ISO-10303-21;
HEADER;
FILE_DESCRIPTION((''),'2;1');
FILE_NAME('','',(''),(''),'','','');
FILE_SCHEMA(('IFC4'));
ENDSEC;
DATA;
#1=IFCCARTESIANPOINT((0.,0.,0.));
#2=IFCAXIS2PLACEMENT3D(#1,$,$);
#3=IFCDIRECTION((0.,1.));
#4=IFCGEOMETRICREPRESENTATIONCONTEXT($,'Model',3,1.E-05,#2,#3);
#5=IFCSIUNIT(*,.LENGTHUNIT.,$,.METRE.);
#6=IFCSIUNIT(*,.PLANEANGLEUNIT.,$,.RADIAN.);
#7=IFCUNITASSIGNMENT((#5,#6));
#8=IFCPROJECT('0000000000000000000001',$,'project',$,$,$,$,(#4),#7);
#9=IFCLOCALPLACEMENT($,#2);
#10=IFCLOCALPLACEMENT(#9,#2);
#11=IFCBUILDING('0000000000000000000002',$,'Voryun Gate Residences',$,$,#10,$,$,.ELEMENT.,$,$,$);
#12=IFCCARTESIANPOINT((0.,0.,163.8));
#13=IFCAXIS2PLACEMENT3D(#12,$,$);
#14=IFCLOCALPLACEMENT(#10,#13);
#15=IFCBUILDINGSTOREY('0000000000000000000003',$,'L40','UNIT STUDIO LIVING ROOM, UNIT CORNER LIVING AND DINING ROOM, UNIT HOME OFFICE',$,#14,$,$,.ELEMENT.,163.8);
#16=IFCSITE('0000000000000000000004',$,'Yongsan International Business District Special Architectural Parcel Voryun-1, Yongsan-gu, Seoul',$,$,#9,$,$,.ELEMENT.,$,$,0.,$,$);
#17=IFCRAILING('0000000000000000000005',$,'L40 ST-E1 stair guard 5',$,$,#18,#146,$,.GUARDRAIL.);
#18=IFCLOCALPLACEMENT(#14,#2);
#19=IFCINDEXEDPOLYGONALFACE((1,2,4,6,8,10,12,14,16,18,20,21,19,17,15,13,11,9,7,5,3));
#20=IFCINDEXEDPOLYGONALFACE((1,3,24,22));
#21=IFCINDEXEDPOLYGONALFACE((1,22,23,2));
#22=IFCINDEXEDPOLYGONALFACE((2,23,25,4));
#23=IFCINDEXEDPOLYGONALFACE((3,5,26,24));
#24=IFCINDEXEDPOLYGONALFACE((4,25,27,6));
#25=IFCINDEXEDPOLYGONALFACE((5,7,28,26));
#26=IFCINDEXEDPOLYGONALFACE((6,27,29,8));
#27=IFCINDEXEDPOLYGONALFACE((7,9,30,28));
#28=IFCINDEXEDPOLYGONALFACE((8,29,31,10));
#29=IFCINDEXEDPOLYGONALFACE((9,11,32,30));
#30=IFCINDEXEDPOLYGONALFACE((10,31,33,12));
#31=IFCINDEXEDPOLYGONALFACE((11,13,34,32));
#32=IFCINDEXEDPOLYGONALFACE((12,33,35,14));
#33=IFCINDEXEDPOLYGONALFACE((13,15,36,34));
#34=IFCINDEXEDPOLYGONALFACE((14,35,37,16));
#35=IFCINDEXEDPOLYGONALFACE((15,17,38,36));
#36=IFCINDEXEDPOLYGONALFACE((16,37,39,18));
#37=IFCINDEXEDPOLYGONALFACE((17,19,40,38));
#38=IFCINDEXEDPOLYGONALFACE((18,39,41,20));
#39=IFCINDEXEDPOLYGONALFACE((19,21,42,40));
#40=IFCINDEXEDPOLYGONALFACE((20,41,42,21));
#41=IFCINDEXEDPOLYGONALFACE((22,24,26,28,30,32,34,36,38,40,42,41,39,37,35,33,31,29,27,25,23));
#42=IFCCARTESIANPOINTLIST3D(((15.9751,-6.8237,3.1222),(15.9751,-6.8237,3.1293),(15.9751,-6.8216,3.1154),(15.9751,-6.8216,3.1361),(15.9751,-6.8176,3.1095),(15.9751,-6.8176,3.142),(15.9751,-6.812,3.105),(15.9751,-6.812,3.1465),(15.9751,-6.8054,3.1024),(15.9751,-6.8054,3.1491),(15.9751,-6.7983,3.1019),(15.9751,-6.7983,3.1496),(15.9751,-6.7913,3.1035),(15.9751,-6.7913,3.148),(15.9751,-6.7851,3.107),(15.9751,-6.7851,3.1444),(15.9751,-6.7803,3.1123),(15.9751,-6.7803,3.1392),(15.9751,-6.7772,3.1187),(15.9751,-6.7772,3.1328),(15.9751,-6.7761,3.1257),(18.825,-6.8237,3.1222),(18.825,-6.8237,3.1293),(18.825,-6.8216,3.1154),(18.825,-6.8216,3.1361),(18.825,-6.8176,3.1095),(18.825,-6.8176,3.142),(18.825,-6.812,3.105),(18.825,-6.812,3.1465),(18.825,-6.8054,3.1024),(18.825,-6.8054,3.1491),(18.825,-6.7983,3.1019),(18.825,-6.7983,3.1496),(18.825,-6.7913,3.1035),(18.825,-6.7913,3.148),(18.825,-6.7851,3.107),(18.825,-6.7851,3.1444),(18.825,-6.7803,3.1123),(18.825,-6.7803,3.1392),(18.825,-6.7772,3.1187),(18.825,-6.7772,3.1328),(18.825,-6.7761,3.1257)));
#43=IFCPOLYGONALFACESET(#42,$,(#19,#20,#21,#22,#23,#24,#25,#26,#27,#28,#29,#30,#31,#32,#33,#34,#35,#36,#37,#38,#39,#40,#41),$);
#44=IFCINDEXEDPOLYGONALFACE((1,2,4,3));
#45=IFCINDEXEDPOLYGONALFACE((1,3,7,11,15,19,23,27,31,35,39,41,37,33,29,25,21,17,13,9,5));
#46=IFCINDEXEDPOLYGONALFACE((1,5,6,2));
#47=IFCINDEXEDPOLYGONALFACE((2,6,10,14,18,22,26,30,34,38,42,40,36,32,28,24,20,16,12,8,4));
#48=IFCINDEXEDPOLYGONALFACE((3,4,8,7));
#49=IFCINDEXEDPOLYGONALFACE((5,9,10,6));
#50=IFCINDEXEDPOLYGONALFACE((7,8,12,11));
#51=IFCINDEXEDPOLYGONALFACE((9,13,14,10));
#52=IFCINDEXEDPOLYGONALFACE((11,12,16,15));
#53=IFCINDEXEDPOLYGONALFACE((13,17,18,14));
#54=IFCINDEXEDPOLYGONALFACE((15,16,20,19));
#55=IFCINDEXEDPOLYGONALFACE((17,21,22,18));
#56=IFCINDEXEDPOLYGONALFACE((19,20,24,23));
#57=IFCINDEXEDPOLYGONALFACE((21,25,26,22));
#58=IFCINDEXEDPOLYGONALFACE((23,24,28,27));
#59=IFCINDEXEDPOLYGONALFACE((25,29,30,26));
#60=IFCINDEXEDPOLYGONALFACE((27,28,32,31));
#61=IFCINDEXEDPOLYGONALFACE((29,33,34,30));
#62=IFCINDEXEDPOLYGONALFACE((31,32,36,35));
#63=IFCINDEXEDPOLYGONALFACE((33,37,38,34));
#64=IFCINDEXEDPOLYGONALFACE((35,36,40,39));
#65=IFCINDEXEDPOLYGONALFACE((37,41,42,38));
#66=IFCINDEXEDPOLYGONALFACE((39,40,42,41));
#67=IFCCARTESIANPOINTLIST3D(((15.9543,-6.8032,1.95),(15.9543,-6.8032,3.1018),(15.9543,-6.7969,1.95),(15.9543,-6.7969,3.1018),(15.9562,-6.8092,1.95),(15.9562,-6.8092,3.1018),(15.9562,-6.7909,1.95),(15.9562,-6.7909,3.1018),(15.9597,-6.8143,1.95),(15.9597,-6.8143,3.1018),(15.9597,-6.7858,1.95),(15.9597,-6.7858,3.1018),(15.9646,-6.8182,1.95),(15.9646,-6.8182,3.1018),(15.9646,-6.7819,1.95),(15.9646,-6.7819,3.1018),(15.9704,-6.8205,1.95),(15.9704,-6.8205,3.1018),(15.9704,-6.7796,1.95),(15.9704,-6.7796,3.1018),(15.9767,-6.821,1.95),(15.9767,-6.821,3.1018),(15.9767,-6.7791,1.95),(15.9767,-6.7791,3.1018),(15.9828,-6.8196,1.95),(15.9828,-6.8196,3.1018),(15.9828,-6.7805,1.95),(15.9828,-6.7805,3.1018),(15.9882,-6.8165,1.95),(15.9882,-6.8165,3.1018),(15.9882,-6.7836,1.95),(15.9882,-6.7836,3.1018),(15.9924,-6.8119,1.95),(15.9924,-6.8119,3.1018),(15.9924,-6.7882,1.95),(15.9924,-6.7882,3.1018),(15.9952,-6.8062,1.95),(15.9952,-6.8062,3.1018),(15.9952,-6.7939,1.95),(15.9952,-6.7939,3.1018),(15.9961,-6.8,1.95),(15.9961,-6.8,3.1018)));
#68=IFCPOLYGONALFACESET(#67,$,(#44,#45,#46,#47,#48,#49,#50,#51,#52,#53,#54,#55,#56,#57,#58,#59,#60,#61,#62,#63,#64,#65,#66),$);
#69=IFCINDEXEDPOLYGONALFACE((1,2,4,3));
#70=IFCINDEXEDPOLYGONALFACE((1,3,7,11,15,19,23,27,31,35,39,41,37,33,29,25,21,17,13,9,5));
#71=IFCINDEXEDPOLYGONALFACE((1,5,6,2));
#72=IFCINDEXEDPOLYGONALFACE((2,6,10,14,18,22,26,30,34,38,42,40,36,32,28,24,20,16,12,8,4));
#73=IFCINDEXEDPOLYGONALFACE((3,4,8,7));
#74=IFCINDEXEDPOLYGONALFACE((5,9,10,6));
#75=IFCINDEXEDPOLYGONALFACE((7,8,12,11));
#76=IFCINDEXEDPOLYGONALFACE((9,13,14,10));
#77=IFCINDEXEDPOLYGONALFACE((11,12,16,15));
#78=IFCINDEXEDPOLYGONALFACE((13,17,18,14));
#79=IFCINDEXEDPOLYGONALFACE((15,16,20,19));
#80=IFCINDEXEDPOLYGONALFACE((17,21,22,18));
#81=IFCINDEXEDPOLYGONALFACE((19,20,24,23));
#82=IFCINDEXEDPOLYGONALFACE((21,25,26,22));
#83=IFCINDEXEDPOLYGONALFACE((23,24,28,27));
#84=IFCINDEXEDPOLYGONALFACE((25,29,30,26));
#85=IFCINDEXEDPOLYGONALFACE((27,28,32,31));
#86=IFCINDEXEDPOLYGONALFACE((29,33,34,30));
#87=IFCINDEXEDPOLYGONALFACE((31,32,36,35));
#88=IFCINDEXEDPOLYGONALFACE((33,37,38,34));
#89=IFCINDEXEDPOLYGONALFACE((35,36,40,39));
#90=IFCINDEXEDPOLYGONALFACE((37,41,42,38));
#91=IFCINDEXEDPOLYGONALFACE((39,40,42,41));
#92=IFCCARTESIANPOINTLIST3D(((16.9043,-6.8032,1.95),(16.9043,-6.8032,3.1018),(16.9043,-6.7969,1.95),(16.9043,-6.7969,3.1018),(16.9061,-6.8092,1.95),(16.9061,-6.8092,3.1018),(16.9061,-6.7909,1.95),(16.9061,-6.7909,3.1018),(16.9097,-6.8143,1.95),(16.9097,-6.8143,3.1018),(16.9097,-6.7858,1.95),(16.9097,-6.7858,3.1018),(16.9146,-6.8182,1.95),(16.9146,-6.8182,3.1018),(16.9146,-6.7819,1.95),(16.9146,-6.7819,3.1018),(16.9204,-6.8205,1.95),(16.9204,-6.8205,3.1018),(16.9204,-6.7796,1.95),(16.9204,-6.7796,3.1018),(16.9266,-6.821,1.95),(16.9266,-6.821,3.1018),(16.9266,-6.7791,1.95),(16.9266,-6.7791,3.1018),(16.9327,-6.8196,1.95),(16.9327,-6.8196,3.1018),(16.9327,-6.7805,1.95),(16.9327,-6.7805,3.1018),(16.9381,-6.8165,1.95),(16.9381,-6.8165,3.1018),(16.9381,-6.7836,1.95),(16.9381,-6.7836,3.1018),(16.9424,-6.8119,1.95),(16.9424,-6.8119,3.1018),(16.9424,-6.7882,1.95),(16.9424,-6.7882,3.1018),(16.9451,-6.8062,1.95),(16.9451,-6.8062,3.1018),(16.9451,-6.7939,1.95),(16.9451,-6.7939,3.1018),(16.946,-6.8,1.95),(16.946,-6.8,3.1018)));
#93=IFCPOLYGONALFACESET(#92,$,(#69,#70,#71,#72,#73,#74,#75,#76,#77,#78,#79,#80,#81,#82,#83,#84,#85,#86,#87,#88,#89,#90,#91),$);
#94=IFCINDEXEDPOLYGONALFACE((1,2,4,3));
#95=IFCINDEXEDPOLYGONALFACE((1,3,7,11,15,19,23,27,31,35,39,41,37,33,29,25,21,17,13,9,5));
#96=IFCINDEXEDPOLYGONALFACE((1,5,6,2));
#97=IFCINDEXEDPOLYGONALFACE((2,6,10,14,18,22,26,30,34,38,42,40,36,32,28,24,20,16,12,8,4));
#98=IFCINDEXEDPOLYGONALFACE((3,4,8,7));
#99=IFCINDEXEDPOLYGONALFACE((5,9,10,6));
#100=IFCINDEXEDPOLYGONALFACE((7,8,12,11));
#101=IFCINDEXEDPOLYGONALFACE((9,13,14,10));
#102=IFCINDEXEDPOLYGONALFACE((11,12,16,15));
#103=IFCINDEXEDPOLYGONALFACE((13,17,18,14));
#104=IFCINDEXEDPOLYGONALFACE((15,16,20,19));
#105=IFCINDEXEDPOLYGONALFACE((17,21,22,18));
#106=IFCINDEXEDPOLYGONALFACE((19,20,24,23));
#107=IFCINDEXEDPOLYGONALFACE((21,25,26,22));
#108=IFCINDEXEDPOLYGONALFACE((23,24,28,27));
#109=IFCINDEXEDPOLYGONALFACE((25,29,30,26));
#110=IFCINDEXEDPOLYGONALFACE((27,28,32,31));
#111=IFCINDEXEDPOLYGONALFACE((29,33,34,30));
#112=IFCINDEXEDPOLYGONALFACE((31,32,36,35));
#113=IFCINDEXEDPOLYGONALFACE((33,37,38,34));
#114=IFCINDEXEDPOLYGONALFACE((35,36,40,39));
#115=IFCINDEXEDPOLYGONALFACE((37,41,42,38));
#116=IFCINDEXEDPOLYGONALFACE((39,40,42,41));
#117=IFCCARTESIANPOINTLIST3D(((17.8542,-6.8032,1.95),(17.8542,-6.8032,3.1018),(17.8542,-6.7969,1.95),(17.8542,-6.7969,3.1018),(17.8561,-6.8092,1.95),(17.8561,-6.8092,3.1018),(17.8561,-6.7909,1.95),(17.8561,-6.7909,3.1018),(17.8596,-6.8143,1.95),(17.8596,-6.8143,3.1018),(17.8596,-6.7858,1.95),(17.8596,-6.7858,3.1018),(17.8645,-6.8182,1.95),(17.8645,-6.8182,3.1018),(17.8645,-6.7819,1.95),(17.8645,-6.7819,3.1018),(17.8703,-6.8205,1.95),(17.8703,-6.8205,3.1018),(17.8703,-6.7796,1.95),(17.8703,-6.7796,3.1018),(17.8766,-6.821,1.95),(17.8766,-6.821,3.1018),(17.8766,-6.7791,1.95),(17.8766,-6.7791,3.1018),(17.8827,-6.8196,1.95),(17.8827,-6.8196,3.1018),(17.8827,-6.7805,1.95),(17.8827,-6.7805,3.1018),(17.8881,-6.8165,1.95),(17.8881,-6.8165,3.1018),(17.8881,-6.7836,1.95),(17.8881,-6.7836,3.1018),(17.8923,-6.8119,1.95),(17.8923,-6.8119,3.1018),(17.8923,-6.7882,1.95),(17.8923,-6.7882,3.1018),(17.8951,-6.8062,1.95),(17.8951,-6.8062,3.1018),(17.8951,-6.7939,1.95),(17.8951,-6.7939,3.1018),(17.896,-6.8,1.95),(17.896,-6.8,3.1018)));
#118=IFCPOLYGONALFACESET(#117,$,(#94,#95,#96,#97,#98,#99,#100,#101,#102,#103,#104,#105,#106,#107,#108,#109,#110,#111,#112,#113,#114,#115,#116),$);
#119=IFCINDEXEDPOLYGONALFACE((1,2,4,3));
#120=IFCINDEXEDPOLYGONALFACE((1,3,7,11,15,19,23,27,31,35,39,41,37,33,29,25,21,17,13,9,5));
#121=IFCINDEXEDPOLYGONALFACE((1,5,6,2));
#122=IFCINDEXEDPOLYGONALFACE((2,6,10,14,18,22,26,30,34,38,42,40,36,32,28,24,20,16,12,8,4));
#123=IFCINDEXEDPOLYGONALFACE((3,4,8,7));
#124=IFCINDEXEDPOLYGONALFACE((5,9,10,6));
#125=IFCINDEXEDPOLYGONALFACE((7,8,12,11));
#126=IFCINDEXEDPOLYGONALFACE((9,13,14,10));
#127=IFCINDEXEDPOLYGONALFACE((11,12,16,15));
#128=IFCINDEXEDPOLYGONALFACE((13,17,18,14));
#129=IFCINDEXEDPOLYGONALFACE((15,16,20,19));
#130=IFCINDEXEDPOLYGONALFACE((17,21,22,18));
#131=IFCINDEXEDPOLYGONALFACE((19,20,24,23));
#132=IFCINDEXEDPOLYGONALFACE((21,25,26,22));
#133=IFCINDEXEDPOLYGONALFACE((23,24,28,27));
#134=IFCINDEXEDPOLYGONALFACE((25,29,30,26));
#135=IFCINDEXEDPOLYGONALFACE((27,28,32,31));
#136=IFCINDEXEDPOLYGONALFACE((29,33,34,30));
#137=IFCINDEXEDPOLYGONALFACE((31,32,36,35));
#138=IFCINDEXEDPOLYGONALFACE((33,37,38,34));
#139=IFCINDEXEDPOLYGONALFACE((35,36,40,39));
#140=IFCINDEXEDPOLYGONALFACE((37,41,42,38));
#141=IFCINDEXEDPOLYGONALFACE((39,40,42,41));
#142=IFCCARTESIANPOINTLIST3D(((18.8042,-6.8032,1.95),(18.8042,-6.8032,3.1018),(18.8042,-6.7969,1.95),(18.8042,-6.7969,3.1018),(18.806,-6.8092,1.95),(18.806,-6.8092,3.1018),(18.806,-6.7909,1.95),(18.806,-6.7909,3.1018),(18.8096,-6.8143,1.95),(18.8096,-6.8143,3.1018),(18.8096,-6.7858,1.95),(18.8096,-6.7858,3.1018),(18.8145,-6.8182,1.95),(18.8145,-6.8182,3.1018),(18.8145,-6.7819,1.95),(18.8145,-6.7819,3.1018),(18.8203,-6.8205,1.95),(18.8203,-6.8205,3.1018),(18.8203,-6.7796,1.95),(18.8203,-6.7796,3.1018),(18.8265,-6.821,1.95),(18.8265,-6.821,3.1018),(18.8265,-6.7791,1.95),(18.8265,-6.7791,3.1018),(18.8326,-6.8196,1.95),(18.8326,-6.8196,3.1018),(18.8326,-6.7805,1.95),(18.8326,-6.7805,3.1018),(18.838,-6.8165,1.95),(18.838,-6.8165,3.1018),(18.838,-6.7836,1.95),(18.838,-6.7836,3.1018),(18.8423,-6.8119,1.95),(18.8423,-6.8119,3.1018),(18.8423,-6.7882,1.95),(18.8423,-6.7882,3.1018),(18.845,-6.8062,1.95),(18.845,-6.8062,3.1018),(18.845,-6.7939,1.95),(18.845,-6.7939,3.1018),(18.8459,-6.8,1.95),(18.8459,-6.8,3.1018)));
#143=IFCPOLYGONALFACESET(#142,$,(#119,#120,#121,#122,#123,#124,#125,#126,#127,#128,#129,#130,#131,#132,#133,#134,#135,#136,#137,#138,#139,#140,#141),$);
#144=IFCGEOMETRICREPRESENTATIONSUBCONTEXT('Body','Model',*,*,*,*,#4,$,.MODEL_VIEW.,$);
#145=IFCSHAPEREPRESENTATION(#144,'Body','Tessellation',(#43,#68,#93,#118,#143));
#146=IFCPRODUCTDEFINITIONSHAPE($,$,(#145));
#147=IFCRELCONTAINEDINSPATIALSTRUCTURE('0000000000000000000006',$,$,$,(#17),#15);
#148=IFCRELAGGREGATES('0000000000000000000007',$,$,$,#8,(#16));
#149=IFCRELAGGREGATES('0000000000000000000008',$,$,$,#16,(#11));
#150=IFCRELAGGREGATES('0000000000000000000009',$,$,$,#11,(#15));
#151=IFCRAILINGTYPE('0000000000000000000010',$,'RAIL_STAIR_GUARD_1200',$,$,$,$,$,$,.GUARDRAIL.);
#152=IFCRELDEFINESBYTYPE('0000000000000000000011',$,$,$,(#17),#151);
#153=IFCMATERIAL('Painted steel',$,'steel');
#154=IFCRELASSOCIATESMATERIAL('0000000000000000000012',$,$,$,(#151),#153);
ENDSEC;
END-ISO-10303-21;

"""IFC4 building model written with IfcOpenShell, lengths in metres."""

from ifc_helpers import new_model, si_unit, direction, frame, origin, origin_2d, place, context, subcontext, project, spatial, circle, extrude, material, type_object, element, save


model = new_model("IFC4")

# Units and contexts
model_context = context("Model", 3, precision=1e-05, world=origin(), true_north=direction((0.0, 1.0)))
body_context = subcontext(model_context, "Body", "Model", "MODEL_VIEW")
ifc_project = project(units=[si_unit("LENGTHUNIT", "METRE"), si_unit("PLANEANGLEUNIT", "RADIAN")], contexts=[model_context])

# Site, building, storey
site_placement = place(None, origin())
site = spatial("IfcSite", under=ifc_project, at=site_placement, Name="Yongsan International Business District Special Architectural Parcel Voryun-1, Yongsan-gu, Seoul", CompositionType="ELEMENT", RefElevation=0.0)
building_placement = place(site_placement, origin())
building = spatial("IfcBuilding", under=site, at=building_placement, Name="Voryun Gate Residences", CompositionType="ELEMENT")
storey_placement = place(building_placement, frame((0.0, 0.0, 163.8)))
storey = spatial("IfcBuildingStorey", under=building, at=storey_placement, Name="L40", Description="UNIT STUDIO LIVING ROOM, UNIT CORNER LIVING AND DINING ROOM, UNIT HOME OFFICE", CompositionType="ELEMENT", Elevation=163.8)

# Railing
ifc_material_1 = material(Name="Painted steel", Category="steel")
railing_type_1 = type_object("IfcRailingType", Name="RAIL_STAIR_GUARD_1200", PredefinedType="GUARDRAIL", material=ifc_material_1)
railing_1_placement = place(storey_placement, frame((15.9751, -6.8, 1.95)))
element("IfcRailing", 1, at=railing_1_placement, inside=storey, type_object=railing_type_1, Name="L40 ST-E1 stair guard 5", PredefinedType="GUARDRAIL", context=body_context, shape_type="SweptSolid", body=[
    extrude(circle(Radius=0.0239, at=origin_2d()), frame((0.0, 0.0, 1.1758), z_axis=(1.0, 0.0, 0.0), x_axis=(0.0, 1.0, 0.0)), (0.0, 0.0, 1.0), 2.8499),
    extrude(circle(Radius=0.021, at=origin_2d()), origin(), (0.0, 0.0, 1.0), 1.1519),
    extrude(circle(Radius=0.021, at=origin_2d()), frame((0.95, 0.0, 0.0)), (0.0, 0.0, 1.0), 1.1519),
    extrude(circle(Radius=0.021, at=origin_2d()), frame((1.8999, 0.0, 0.0)), (0.0, 0.0, 1.0), 1.1519),
    extrude(circle(Radius=0.021, at=origin_2d()), frame((2.8499, 0.0, 0.0)), (0.0, 0.0, 1.0), 1.1519),
])

save(model, "model.ifc")
